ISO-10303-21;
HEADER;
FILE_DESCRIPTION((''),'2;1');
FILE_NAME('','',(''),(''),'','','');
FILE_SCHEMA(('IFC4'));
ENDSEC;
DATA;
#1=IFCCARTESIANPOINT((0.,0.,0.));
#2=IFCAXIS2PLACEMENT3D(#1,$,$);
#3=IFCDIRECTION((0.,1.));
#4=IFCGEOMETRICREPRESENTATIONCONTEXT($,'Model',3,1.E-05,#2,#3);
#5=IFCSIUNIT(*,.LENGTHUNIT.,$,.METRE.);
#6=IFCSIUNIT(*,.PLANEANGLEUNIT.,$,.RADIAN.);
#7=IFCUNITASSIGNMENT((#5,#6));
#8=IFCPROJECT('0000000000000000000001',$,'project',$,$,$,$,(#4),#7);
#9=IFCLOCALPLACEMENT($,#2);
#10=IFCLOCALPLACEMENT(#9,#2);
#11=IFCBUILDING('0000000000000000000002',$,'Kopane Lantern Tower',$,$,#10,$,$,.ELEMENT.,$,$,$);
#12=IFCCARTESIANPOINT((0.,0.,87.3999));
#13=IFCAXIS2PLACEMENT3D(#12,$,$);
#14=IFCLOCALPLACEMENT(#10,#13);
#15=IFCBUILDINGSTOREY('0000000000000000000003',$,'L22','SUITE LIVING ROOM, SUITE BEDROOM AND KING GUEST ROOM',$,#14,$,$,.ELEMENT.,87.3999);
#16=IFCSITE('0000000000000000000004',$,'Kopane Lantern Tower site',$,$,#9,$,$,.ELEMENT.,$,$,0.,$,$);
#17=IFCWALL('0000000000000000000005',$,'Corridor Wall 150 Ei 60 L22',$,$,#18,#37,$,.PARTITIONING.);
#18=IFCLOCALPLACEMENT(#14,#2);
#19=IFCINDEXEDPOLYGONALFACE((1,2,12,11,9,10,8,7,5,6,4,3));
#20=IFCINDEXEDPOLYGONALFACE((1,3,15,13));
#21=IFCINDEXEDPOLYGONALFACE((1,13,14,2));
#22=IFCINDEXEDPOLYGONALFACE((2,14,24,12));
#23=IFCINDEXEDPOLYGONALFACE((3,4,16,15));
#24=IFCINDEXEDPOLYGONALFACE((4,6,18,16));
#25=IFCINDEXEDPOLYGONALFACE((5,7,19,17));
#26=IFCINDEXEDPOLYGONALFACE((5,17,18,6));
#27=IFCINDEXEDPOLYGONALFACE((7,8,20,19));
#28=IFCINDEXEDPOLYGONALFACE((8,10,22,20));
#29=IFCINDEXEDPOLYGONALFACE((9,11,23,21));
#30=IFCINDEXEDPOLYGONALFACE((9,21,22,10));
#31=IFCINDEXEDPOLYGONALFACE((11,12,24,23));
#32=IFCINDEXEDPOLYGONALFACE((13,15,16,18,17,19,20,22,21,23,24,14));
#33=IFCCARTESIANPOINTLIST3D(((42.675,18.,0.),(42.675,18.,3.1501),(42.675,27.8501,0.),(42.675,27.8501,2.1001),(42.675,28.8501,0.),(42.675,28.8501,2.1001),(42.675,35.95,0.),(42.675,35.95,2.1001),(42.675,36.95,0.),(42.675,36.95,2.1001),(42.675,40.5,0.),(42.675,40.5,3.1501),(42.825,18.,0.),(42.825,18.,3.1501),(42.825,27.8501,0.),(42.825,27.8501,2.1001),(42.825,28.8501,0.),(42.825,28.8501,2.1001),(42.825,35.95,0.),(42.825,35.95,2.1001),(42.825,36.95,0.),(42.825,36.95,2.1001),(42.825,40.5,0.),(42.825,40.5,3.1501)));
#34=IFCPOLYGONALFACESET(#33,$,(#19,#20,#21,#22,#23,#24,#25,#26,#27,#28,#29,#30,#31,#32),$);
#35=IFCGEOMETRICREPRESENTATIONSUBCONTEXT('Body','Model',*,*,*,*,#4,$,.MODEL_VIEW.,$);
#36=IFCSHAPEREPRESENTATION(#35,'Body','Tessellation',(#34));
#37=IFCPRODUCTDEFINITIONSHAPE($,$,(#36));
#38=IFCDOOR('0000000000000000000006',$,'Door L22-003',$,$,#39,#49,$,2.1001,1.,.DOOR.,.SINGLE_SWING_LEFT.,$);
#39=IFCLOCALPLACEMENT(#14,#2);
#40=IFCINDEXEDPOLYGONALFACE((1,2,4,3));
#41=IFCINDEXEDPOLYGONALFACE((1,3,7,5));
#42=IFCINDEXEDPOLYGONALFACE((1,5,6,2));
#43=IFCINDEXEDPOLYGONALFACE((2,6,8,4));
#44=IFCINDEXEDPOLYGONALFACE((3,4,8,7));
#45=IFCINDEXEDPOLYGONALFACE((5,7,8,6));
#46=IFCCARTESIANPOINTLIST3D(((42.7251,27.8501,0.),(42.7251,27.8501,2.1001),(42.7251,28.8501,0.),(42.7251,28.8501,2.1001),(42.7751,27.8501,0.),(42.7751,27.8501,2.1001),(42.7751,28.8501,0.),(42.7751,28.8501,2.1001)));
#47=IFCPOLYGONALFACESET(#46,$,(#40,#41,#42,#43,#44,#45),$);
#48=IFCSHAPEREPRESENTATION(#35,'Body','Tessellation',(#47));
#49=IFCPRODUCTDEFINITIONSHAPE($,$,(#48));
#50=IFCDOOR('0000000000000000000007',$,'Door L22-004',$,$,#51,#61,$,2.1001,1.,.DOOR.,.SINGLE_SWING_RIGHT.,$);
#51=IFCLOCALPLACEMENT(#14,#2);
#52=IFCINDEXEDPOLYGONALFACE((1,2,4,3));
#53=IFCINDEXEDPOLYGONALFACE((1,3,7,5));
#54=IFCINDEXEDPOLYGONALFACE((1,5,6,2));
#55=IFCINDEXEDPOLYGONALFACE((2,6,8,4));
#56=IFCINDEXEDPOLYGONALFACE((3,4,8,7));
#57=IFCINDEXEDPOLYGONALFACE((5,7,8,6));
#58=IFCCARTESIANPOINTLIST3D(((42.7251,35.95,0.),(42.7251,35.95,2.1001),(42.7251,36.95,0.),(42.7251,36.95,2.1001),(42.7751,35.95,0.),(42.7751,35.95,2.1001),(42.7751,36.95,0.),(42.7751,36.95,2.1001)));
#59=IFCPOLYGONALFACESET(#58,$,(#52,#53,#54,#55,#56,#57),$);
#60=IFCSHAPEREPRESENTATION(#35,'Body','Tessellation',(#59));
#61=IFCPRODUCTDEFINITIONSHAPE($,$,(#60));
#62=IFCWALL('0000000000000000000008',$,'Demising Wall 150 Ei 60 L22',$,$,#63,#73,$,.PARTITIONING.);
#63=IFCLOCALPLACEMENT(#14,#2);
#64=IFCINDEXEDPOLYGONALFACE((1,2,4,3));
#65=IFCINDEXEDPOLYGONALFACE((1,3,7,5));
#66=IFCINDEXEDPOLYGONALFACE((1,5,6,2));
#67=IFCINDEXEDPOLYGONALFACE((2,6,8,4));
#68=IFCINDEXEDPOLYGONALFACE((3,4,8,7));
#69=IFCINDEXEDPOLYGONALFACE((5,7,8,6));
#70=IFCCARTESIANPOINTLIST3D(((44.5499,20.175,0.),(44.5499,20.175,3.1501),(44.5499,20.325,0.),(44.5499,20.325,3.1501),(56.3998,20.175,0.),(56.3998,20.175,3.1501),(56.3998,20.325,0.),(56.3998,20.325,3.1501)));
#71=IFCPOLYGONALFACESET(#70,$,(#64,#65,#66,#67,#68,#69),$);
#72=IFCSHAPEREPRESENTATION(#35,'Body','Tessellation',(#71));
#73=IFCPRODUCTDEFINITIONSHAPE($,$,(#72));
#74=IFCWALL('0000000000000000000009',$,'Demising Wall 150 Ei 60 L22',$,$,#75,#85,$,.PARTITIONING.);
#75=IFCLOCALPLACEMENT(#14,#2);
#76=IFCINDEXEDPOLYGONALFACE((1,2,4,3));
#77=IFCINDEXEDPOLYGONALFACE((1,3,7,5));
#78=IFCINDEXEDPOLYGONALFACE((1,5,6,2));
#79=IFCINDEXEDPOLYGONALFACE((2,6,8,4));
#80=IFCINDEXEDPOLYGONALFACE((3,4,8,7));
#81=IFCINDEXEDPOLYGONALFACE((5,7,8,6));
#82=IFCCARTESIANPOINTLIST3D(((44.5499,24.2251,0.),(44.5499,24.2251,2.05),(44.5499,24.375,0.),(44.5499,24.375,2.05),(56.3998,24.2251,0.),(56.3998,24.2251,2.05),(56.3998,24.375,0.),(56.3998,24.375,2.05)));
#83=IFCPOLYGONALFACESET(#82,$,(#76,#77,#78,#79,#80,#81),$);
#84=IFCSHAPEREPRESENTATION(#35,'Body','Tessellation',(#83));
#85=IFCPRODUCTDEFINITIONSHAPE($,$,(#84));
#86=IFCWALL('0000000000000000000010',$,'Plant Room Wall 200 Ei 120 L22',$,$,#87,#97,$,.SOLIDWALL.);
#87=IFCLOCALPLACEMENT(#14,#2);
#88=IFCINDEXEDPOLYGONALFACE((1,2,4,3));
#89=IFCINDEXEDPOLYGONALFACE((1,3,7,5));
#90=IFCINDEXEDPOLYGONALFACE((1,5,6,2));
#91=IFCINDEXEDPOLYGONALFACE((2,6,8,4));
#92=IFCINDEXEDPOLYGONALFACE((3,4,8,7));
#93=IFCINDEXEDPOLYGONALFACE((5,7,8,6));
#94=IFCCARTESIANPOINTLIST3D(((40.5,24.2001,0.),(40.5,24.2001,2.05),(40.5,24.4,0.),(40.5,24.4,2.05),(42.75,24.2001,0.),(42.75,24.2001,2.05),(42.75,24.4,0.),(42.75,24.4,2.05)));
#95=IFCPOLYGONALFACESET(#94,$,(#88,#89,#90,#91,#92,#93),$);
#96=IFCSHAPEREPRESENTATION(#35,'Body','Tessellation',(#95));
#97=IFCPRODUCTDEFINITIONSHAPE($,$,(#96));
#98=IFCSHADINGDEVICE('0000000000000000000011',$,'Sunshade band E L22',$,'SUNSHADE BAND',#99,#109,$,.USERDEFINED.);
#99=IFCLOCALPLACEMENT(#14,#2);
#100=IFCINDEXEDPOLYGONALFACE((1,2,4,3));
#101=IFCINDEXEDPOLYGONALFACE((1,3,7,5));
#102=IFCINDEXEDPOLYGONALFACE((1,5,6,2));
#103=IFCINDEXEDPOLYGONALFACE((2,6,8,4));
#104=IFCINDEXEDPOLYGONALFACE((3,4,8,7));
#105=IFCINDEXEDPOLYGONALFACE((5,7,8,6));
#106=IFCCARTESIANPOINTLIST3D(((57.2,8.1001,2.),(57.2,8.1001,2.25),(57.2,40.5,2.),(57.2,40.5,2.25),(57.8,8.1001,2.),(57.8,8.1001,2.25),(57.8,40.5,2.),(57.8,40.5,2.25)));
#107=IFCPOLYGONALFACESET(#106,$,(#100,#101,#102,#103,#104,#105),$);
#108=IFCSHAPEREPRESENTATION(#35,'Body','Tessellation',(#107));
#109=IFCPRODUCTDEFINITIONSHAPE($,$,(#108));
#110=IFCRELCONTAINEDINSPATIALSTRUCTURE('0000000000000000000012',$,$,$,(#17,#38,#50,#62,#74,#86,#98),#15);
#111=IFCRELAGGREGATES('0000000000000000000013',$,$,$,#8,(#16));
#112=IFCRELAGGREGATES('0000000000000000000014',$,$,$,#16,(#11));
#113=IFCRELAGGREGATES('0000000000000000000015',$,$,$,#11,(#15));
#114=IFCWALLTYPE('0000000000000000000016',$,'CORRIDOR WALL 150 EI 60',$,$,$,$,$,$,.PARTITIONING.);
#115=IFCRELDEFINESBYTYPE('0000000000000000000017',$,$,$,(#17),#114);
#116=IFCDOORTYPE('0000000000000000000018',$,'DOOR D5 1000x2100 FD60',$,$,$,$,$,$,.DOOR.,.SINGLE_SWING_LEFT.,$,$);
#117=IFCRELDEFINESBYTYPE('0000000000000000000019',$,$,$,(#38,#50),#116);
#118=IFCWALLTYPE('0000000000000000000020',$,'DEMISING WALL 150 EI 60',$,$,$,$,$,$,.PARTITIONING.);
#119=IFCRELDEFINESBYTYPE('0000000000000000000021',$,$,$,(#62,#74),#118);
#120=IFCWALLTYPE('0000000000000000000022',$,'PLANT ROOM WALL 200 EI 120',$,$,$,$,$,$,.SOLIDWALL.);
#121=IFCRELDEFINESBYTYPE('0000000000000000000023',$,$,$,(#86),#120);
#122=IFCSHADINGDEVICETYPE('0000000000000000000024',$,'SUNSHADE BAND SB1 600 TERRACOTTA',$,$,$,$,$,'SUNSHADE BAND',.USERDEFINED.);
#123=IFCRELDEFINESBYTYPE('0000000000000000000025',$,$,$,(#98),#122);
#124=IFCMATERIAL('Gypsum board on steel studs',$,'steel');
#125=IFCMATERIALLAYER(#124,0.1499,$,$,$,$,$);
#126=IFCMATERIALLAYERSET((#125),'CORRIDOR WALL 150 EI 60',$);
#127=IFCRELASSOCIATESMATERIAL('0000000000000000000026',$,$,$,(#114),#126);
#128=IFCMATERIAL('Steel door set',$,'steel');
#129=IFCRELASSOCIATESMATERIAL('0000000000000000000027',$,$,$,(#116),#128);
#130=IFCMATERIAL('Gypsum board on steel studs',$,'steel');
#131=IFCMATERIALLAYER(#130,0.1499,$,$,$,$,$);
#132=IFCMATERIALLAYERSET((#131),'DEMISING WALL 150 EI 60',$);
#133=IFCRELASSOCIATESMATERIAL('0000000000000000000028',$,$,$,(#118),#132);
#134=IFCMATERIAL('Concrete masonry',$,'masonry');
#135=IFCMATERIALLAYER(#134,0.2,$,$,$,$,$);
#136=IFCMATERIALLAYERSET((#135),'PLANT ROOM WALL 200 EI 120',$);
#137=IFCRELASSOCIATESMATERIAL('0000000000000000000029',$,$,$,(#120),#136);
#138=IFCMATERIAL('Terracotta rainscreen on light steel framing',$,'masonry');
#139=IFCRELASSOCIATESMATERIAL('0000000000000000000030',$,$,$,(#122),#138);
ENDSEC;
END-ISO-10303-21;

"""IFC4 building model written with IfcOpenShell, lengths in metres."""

from ifc_helpers import new_model, si_unit, direction, frame, frame_2d, origin, origin_2d, place, context, subcontext, project, spatial, rectangle, extrude, material, layer, layer_set, type_object, element, fill, save


model = new_model("IFC4")

# Units and contexts
model_context = context("Model", 3, precision=1e-05, world=origin(), true_north=direction((0.0, 1.0)))
body_context = subcontext(model_context, "Body", "Model", "MODEL_VIEW")
ifc_project = project(units=[si_unit("LENGTHUNIT", "METRE"), si_unit("PLANEANGLEUNIT", "RADIAN")], contexts=[model_context])

# Site, building, storey
site_placement = place(None, origin())
site = spatial("IfcSite", under=ifc_project, at=site_placement, Name="Kopane Lantern Tower site", CompositionType="ELEMENT", RefElevation=0.0)
building_placement = place(site_placement, origin())
building = spatial("IfcBuilding", under=site, at=building_placement, Name="Kopane Lantern Tower", CompositionType="ELEMENT")
storey_placement = place(building_placement, frame((0.0, 0.0, 87.3999)))
storey = spatial("IfcBuildingStorey", under=building, at=storey_placement, Name="L22", Description="SUITE LIVING ROOM, SUITE BEDROOM AND KING GUEST ROOM", CompositionType="ELEMENT", Elevation=87.3999)

# Wall, openings, doors
ifc_material_1 = material(Name="Gypsum board on steel studs", Category="steel")
ifc_layer_1 = layer(ifc_material_1, 0.1499)
ifc_layer_set_1 = layer_set([ifc_layer_1], Name="CORRIDOR WALL 150 EI 60")
wall_type_1 = type_object("IfcWallType", Name="CORRIDOR WALL 150 EI 60", PredefinedType="PARTITIONING", material=ifc_layer_set_1)
wall_1_placement = place(storey_placement, frame((42.75, 18.0, 0.0), z_axis=(0.0, 0.0, 1.0), x_axis=(0.0, 1.0, 0.0)))
wall_1 = element("IfcWall", 1, at=wall_1_placement, inside=storey, type_object=wall_type_1, Name="Corridor Wall 150 Ei 60 L22", PredefinedType="PARTITIONING", context=body_context, shape_type="SweptSolid", body=[
    extrude(rectangle(XDim=22.5, YDim=0.1499, at=frame_2d((11.25, 0.0))), origin(), (0.0, 0.0, 1.0), 3.1501),
])
opening_1_placement = place(wall_1_placement, frame((9.8501, 0.0, 0.0)))
opening_1 = element("IfcOpeningElement", 2, at=opening_1_placement, cuts=wall_1, PredefinedType="OPENING", context=body_context, shape_type="SweptSolid", body=[
    extrude(rectangle(XDim=1.0, YDim=2.1001, at=frame_2d((0.5, 1.05))), frame((0.0, 0.085, 0.0), z_axis=(0.0, -1.0, 0.0), x_axis=(1.0, 0.0, 0.0)), (0.0, 0.0, 1.0), 0.1699),
])
opening_2_placement = place(wall_1_placement, frame((17.95, 0.0, 0.0)))
opening_2 = element("IfcOpeningElement", 3, at=opening_2_placement, cuts=wall_1, PredefinedType="OPENING", context=body_context, shape_type="SweptSolid", body=[
    extrude(rectangle(XDim=1.0, YDim=2.1001, at=frame_2d((0.5, 1.05))), frame((0.0, 0.085, 0.0), z_axis=(0.0, -1.0, 0.0), x_axis=(1.0, 0.0, 0.0)), (0.0, 0.0, 1.0), 0.1699),
])
ifc_material_2 = material(Name="Steel door set", Category="steel")
door_type_1 = type_object("IfcDoorType", Name="DOOR D5 1000x2100 FD60", OperationType="SINGLE_SWING_LEFT", PredefinedType="DOOR", material=ifc_material_2)
door_1_placement = place(opening_1_placement, origin())
door_1 = element("IfcDoor", 4, at=door_1_placement, inside=storey, type_object=door_type_1, Name="Door L22-003", OperationType="SINGLE_SWING_LEFT", OverallHeight=2.1001, OverallWidth=1.0, PredefinedType="DOOR", context=body_context, shape_type="SweptSolid", body=[
    extrude(rectangle(XDim=1.0, YDim=2.1001, at=frame_2d((0.5, 1.05))), frame((0.0, 0.0249, 0.0), z_axis=(0.0, -1.0, 0.0), x_axis=(1.0, 0.0, 0.0)), (0.0, 0.0, 1.0), 0.05),
])
fill(opening_1, door_1)
door_2_placement = place(opening_2_placement, origin())
door_2 = element("IfcDoor", 5, at=door_2_placement, inside=storey, type_object=door_type_1, Name="Door L22-004", OperationType="SINGLE_SWING_RIGHT", OverallHeight=2.1001, OverallWidth=1.0, PredefinedType="DOOR", context=body_context, shape_type="SweptSolid", body=[
    extrude(rectangle(XDim=1.0, YDim=2.1001, at=frame_2d((0.5, 1.05))), frame((0.0, 0.0249, 0.0), z_axis=(0.0, -1.0, 0.0), x_axis=(1.0, 0.0, 0.0)), (0.0, 0.0, 1.0), 0.05),
])
fill(opening_2, door_2)

# Walls
ifc_material_3 = material(Name="Gypsum board on steel studs", Category="steel")
ifc_layer_2 = layer(ifc_material_3, 0.1499)
ifc_layer_set_2 = layer_set([ifc_layer_2], Name="DEMISING WALL 150 EI 60")
wall_type_2 = type_object("IfcWallType", Name="DEMISING WALL 150 EI 60", PredefinedType="PARTITIONING", material=ifc_layer_set_2)
wall_2_placement = place(storey_placement, frame((44.55, 20.25, 0.0), z_axis=(0.0, 0.0, 1.0), x_axis=(1.0, 0.0, 0.0)))
element("IfcWall", 6, at=wall_2_placement, inside=storey, type_object=wall_type_2, Name="Demising Wall 150 Ei 60 L22", PredefinedType="PARTITIONING", context=body_context, shape_type="SweptSolid", body=[
    extrude(rectangle(XDim=11.8499, YDim=0.1499, at=frame_2d((5.9248, 0.0))), origin(), (0.0, 0.0, 1.0), 3.1501),
])
wall_3_placement = place(storey_placement, frame((44.55, 24.3, 0.0), z_axis=(0.0, 0.0, 1.0), x_axis=(1.0, 0.0, 0.0)))
element("IfcWall", 7, at=wall_3_placement, inside=storey, type_object=wall_type_2, Name="Demising Wall 150 Ei 60 L22", PredefinedType="PARTITIONING", context=body_context, shape_type="SweptSolid", body=[
    extrude(rectangle(XDim=11.8499, YDim=0.1499, at=frame_2d((5.9248, 0.0))), origin(), (0.0, 0.0, 1.0), 2.05),
])
ifc_material_4 = material(Name="Concrete masonry", Category="masonry")
ifc_layer_3 = layer(ifc_material_4, 0.2)
ifc_layer_set_3 = layer_set([ifc_layer_3], Name="PLANT ROOM WALL 200 EI 120")
wall_type_3 = type_object("IfcWallType", Name="PLANT ROOM WALL 200 EI 120", PredefinedType="SOLIDWALL", material=ifc_layer_set_3)
wall_4_placement = place(storey_placement, frame((40.5, 24.3, 0.0), z_axis=(0.0, 0.0, 1.0), x_axis=(1.0, 0.0, 0.0)))
element("IfcWall", 8, at=wall_4_placement, inside=storey, type_object=wall_type_3, Name="Plant Room Wall 200 Ei 120 L22", PredefinedType="SOLIDWALL", context=body_context, shape_type="SweptSolid", body=[
    extrude(rectangle(XDim=2.25, YDim=0.2, at=frame_2d((1.125, 0.0))), origin(), (0.0, 0.0, 1.0), 2.05),
])

# Shading device
ifc_material_5 = material(Name="Terracotta rainscreen on light steel framing", Category="masonry")
shading_device_type = type_object("IfcShadingDeviceType", Name="SUNSHADE BAND SB1 600 TERRACOTTA", ElementType="SUNSHADE BAND", PredefinedType="USERDEFINED", material=ifc_material_5)
shading_device_placement = place(storey_placement, frame((57.5, 24.3, 2.0), z_axis=(0.0, 0.0, 1.0), x_axis=(0.0, 1.0, 0.0)))
element("IfcShadingDevice", 9, at=shading_device_placement, inside=storey, type_object=shading_device_type, Name="Sunshade band E L22", ObjectType="SUNSHADE BAND", PredefinedType="USERDEFINED", context=body_context, shape_type="SweptSolid", body=[
    extrude(rectangle(XDim=32.3999, YDim=0.6001, at=origin_2d()), origin(), (0.0, 0.0, 1.0), 0.25),
])

save(model, "model.ifc")
